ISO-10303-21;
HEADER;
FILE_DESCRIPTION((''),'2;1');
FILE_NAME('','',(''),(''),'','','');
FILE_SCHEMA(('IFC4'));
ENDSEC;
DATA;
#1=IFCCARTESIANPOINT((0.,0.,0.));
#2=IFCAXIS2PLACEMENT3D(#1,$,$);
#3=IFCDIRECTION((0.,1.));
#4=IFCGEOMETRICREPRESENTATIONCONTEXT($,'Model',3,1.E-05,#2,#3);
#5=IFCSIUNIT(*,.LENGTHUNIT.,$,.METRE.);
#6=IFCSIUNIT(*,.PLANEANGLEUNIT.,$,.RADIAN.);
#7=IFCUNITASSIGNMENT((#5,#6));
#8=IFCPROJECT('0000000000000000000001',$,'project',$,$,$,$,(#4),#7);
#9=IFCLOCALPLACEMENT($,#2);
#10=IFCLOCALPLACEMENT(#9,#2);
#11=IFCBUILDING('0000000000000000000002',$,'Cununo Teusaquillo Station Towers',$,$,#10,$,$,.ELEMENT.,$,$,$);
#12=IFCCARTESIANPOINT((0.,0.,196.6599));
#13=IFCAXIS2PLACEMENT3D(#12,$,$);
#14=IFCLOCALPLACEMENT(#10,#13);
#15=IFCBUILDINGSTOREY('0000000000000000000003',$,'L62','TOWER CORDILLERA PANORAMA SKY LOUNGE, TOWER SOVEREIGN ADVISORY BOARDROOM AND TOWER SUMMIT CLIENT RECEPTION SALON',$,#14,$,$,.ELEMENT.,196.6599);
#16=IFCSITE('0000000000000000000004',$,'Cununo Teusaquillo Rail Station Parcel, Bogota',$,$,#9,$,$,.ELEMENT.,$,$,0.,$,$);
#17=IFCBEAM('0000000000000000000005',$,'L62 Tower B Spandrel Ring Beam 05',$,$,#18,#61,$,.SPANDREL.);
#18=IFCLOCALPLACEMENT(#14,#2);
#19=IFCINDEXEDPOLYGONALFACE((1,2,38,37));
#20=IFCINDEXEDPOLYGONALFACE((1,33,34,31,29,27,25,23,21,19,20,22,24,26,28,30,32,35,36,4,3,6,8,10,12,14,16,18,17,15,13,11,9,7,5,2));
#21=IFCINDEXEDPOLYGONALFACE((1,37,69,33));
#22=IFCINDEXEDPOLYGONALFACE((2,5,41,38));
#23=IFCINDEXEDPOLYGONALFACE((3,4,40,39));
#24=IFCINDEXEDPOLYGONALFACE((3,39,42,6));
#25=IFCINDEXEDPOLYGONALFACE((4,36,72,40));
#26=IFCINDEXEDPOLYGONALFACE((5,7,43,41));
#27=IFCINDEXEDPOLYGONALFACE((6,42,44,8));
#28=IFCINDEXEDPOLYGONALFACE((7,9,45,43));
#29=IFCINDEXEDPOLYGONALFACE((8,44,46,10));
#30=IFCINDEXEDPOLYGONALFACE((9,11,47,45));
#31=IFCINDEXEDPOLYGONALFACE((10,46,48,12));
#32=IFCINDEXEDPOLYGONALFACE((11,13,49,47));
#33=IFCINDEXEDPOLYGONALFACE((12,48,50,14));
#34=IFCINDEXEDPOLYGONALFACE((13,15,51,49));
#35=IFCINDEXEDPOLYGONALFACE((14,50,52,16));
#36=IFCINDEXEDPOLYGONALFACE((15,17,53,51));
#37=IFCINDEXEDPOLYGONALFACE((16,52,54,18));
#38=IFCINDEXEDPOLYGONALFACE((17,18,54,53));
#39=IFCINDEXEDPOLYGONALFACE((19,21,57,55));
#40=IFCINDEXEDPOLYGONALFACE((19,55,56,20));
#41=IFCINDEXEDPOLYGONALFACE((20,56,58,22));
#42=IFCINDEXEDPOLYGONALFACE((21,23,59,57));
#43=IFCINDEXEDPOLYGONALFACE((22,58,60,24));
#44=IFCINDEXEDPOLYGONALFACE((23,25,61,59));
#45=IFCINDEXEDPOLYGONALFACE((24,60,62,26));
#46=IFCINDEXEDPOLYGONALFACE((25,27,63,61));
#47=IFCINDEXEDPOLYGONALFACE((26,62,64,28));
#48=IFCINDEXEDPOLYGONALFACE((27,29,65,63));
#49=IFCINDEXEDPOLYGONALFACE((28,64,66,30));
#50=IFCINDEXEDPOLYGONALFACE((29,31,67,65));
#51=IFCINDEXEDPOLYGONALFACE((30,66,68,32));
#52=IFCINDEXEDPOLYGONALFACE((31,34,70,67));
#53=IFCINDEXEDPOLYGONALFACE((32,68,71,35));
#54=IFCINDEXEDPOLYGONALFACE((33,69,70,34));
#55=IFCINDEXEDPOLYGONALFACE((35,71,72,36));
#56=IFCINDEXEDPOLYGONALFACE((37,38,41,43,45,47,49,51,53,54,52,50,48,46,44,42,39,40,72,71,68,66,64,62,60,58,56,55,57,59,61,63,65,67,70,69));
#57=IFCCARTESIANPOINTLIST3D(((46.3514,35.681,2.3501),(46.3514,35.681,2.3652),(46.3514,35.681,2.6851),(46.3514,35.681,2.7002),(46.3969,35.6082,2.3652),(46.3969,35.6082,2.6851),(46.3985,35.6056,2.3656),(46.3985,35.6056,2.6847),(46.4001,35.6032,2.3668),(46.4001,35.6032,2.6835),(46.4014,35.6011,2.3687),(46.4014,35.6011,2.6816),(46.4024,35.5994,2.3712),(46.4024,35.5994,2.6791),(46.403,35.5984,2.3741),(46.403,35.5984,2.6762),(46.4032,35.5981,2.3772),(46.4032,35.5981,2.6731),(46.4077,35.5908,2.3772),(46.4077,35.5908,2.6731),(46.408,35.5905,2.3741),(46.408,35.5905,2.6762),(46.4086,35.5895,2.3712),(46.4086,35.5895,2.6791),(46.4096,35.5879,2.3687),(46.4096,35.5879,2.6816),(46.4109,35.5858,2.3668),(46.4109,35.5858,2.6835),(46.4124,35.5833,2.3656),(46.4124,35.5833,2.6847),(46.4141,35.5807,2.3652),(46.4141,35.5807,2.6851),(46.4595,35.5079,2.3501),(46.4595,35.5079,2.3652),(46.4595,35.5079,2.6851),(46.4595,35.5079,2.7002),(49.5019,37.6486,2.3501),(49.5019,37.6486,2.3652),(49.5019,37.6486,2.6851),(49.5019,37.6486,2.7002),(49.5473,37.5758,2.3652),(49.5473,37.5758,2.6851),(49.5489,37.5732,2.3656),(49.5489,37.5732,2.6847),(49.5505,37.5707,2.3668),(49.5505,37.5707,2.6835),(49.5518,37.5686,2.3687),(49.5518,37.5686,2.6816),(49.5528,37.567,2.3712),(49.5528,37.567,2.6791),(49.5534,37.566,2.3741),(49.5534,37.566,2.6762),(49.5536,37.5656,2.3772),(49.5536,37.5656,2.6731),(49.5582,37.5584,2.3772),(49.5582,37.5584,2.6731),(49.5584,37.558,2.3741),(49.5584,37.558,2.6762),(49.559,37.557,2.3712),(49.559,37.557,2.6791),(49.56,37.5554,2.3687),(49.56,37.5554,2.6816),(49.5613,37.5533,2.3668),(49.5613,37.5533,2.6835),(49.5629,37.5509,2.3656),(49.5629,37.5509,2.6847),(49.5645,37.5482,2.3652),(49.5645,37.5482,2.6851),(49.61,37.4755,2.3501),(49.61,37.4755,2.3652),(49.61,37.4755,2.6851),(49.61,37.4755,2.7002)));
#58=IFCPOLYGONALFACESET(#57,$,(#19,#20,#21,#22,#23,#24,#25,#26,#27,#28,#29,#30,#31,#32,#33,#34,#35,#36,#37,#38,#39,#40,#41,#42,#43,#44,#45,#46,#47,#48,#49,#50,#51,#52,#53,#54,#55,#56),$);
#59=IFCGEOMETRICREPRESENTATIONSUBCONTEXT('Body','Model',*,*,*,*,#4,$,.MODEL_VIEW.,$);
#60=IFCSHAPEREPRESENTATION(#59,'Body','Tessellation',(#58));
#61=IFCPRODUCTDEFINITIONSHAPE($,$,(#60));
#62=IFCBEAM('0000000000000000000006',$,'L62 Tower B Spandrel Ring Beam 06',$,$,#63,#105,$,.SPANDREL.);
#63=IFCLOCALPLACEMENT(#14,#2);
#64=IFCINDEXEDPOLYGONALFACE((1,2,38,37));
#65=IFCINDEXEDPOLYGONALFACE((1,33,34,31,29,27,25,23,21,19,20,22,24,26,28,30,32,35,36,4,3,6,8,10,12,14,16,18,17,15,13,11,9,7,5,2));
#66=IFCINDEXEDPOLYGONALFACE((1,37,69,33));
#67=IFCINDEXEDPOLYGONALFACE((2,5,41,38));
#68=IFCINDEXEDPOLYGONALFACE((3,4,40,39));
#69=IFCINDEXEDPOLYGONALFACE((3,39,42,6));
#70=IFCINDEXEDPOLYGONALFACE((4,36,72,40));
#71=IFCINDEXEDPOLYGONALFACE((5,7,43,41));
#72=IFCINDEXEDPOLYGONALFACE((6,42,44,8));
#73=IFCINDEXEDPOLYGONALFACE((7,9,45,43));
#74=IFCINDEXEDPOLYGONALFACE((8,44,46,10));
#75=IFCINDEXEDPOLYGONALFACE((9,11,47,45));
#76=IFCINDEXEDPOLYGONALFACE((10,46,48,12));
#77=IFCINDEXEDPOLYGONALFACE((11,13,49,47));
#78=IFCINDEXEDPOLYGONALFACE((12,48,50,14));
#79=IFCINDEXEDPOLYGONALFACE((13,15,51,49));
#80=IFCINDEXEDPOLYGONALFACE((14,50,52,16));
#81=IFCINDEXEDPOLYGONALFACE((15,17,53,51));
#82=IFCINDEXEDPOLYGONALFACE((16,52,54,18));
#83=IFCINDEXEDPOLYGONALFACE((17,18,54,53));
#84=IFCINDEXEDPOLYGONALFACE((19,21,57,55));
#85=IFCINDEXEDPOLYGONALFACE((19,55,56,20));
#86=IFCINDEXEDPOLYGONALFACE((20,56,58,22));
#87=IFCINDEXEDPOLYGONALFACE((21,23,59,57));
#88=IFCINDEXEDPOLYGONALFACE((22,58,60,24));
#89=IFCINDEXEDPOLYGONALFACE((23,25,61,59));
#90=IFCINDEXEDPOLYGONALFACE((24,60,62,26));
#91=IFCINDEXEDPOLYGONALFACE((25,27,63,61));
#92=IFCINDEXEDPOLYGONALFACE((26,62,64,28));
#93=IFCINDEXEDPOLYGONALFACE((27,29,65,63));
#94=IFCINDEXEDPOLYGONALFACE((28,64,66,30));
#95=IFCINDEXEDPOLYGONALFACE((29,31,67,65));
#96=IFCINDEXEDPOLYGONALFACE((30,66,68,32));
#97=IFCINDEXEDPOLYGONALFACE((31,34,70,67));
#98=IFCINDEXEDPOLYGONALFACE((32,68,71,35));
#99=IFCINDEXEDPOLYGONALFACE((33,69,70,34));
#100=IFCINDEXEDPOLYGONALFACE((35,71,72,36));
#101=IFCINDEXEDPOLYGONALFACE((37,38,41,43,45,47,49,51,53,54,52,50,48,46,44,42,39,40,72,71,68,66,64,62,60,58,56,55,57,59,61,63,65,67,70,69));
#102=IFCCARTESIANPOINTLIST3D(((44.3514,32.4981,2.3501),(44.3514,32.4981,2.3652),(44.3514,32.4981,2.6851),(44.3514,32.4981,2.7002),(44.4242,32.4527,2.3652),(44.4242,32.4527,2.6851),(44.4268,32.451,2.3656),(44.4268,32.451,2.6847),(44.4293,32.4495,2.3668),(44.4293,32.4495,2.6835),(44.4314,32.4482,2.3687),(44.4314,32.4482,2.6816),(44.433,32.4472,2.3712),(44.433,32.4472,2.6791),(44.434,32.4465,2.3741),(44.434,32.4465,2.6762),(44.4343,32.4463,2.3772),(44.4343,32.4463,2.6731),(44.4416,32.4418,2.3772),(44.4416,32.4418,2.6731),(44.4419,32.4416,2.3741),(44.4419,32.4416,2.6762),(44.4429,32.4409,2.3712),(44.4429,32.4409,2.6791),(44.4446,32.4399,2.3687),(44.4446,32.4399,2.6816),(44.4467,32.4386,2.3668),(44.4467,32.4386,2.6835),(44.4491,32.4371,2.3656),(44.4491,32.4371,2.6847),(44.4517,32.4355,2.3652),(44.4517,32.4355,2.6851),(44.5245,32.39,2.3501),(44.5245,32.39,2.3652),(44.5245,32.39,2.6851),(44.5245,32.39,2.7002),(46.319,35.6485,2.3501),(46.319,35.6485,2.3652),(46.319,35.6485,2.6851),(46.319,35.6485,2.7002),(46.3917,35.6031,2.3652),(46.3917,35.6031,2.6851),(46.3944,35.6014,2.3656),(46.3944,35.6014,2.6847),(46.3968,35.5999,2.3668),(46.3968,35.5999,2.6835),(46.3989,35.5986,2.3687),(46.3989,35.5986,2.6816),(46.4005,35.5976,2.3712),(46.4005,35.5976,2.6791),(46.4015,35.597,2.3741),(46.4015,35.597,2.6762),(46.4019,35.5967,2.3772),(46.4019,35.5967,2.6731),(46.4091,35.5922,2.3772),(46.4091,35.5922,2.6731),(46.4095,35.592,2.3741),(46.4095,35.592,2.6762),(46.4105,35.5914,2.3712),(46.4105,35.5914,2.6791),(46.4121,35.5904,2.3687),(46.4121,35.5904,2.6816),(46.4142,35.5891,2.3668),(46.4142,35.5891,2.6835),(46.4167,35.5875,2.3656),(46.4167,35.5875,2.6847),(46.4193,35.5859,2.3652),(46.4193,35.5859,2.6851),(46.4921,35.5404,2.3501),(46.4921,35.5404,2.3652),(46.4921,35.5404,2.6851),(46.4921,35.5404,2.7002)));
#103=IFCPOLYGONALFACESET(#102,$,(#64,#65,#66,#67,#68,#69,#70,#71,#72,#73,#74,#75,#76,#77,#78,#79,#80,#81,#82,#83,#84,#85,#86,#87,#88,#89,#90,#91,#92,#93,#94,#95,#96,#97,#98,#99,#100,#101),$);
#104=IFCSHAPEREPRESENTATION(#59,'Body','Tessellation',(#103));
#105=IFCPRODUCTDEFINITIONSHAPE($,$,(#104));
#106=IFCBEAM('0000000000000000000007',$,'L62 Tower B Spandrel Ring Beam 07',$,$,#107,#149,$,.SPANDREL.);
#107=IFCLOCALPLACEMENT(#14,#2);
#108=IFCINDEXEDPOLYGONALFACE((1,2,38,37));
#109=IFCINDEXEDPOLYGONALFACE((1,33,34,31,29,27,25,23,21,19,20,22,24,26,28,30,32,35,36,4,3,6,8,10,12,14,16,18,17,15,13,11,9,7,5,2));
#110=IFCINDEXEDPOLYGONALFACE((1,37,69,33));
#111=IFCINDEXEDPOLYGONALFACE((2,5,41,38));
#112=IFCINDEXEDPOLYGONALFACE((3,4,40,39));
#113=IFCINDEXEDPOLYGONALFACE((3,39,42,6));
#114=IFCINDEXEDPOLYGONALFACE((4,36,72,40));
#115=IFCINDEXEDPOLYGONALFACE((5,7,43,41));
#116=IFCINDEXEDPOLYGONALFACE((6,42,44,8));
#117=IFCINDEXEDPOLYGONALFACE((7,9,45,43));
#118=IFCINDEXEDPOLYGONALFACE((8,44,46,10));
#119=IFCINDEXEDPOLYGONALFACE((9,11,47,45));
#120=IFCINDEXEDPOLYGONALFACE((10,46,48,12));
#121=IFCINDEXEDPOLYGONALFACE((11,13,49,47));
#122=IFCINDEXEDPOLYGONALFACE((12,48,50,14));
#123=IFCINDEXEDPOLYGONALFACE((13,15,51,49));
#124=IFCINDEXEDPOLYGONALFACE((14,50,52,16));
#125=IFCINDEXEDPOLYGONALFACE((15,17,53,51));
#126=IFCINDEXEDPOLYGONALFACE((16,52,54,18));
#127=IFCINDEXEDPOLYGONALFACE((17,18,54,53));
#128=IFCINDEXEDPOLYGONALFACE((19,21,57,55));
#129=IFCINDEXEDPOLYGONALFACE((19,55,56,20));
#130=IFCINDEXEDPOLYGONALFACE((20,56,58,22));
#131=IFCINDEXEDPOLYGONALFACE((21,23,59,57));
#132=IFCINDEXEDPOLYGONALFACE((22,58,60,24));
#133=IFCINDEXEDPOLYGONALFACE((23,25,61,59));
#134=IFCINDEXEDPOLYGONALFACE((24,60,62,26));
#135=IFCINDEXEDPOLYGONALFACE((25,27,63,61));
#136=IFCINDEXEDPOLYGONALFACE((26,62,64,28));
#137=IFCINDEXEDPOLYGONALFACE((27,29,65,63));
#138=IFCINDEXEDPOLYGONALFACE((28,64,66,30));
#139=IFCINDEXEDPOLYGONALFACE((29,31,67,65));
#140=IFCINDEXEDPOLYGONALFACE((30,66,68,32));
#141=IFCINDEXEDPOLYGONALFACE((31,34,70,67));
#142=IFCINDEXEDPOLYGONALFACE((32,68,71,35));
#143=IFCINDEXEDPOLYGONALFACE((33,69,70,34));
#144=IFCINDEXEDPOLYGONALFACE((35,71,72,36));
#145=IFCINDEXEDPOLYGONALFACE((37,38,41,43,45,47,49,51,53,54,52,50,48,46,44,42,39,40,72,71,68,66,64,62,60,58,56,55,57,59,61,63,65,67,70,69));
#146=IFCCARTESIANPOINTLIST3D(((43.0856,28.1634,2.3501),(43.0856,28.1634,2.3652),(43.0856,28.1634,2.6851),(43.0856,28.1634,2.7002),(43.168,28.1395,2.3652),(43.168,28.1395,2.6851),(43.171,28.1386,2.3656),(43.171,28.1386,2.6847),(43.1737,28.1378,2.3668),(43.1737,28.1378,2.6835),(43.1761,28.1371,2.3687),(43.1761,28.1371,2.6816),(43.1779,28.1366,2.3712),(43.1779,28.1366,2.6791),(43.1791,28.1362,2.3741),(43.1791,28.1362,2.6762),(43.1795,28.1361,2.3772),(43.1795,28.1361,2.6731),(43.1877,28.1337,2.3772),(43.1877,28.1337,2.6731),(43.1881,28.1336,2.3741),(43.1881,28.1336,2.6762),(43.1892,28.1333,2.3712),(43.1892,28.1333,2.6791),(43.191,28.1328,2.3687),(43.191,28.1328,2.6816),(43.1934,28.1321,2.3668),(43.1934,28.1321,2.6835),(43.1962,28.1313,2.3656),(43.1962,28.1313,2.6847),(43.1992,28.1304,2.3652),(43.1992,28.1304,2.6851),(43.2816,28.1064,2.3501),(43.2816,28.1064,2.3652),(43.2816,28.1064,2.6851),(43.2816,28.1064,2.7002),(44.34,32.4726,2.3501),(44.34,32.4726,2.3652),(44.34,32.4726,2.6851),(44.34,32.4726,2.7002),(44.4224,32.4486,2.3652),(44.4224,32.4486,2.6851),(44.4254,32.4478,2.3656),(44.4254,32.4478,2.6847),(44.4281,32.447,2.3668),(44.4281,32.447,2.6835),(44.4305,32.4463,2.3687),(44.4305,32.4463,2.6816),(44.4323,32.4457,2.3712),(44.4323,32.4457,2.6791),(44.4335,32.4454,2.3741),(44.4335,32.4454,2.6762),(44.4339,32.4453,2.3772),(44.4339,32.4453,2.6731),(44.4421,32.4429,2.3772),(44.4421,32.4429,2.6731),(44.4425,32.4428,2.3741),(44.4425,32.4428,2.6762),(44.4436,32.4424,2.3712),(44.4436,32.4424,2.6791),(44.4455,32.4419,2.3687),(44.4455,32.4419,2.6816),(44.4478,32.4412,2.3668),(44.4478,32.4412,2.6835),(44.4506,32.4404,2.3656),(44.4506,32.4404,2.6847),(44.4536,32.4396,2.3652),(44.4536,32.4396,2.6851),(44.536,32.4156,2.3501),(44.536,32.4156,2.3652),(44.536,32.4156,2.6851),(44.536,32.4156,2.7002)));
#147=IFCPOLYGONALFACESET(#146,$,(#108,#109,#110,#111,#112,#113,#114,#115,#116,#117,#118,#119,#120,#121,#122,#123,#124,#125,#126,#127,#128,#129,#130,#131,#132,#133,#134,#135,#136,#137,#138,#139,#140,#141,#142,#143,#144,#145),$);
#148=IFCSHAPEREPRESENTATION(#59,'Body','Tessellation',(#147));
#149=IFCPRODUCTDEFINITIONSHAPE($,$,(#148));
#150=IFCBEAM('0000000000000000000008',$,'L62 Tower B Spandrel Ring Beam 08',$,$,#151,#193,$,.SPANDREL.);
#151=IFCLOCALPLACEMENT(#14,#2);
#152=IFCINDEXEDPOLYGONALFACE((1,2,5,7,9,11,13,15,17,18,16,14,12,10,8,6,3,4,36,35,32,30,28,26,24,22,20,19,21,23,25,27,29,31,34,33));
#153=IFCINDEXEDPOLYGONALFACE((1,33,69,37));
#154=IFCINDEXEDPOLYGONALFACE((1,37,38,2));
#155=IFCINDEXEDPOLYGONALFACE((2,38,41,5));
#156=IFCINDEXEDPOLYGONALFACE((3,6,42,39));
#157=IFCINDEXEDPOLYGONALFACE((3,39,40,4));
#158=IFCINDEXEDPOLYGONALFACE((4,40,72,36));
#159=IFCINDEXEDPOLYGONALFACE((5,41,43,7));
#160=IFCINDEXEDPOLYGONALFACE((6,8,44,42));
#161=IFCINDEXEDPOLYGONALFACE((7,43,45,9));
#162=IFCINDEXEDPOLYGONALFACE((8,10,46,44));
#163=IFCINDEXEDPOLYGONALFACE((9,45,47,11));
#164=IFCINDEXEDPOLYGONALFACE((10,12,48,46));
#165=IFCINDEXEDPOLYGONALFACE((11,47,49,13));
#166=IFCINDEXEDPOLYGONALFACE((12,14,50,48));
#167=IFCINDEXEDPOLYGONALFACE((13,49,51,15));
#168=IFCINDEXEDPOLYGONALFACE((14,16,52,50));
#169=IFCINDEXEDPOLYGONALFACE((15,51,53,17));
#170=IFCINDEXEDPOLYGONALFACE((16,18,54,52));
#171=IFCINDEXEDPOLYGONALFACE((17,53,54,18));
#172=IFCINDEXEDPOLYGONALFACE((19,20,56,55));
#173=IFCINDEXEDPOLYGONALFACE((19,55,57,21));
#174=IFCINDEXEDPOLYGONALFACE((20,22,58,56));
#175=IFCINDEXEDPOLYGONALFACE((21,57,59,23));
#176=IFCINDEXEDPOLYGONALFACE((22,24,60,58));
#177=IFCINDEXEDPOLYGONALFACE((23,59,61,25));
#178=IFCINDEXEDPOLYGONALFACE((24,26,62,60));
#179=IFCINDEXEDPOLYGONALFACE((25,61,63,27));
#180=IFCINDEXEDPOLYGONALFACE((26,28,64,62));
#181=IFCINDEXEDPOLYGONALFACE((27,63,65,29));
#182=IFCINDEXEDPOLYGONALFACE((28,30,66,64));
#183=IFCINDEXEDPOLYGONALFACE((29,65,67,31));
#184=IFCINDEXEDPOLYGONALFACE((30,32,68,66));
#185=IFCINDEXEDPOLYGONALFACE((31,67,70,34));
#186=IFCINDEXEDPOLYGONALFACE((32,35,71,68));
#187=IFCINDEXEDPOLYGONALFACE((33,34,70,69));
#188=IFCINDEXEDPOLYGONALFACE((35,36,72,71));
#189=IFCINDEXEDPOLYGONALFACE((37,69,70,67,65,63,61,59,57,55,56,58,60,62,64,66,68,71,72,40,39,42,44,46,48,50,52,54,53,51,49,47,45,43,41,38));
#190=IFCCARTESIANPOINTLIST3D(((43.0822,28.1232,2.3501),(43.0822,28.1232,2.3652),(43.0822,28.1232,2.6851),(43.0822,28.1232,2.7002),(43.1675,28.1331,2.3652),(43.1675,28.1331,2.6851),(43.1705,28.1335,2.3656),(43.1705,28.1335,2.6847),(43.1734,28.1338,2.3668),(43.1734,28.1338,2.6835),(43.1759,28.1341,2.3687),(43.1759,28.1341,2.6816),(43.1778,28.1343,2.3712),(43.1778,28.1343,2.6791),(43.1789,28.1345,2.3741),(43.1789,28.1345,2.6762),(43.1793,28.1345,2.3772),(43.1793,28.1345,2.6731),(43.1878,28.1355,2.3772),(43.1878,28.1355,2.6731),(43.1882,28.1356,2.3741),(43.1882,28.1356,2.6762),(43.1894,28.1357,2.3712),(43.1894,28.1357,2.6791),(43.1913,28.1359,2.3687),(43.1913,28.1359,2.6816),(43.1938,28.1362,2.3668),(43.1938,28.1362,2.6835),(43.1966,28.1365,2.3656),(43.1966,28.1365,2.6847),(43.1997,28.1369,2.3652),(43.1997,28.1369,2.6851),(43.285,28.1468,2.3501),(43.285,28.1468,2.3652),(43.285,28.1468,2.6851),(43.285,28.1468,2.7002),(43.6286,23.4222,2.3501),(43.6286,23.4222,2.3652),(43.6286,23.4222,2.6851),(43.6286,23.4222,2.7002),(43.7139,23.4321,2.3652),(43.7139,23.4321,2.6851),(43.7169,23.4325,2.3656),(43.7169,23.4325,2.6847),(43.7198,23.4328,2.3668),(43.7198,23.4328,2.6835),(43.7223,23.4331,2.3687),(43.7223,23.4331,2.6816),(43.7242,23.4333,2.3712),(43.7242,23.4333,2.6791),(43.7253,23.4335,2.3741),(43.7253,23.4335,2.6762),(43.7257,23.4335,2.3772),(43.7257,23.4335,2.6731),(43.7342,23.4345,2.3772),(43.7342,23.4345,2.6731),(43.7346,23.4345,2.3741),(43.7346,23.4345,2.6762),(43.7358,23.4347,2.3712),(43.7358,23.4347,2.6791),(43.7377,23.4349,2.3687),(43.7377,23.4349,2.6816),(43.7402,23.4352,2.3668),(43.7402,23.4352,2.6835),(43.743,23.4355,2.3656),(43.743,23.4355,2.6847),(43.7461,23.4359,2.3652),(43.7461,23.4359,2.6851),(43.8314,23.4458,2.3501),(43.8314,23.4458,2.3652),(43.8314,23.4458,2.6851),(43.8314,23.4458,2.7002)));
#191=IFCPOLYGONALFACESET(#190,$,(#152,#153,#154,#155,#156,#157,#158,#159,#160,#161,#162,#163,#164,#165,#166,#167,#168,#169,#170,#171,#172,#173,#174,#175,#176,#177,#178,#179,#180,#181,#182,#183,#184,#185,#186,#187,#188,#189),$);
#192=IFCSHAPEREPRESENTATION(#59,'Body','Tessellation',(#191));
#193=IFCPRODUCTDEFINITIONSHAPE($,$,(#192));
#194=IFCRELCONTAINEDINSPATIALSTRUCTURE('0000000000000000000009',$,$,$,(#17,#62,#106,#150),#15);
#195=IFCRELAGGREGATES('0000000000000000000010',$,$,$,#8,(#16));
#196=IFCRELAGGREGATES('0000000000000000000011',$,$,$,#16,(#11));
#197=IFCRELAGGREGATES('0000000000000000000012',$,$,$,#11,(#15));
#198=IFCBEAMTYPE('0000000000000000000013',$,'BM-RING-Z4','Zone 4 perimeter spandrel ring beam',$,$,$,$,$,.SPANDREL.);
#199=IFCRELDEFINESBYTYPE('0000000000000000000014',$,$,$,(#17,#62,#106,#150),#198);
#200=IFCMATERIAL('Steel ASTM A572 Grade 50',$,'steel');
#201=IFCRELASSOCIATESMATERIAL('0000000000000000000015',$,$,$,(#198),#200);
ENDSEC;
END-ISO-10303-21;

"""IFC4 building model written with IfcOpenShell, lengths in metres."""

from ifc_helpers import new_model, si_unit, direction, frame, origin, origin_2d, place, context, subcontext, project, spatial, i_section, extrude, material, material_profile, profile_set, type_object, element, save


model = new_model("IFC4")

# Units and contexts
model_context = context("Model", 3, precision=1e-05, world=origin(), true_north=direction((0.0, 1.0)))
body_context = subcontext(model_context, "Body", "Model", "MODEL_VIEW")
ifc_project = project(units=[si_unit("LENGTHUNIT", "METRE"), si_unit("PLANEANGLEUNIT", "RADIAN")], contexts=[model_context])

# Site, building, storey
site_placement = place(None, origin())
site = spatial("IfcSite", under=ifc_project, at=site_placement, Name="Cununo Teusaquillo Rail Station Parcel, Bogota", CompositionType="ELEMENT", RefElevation=0.0)
building_placement = place(site_placement, origin())
building = spatial("IfcBuilding", under=site, at=building_placement, Name="Cununo Teusaquillo Station Towers", CompositionType="ELEMENT")
storey_placement = place(building_placement, frame((0.0, 0.0, 196.6599)))
storey = spatial("IfcBuildingStorey", under=building, at=storey_placement, Name="L62", Description="TOWER CORDILLERA PANORAMA SKY LOUNGE, TOWER SOVEREIGN ADVISORY BOARDROOM AND TOWER SUMMIT CLIENT RECEPTION SALON", CompositionType="ELEMENT", Elevation=196.6599)

# Beams
ifc_material_1 = material(Name="Steel ASTM A572 Grade 50", Category="steel")
ifc_material_profile_1 = material_profile(ifc_material_1, i_section(OverallWidth=0.2041, OverallDepth=0.3501, WebThickness=0.0085, FlangeThickness=0.0151, FilletRadius=0.012, at=origin_2d()), Name="W14X48")
ifc_profile_set_1 = profile_set([ifc_material_profile_1], Name="Steel ASTM A572 Grade 50")
beam_type_1 = type_object("IfcBeamType", Name="BM-RING-Z4", Description="Zone 4 perimeter spandrel ring beam", PredefinedType="SPANDREL", material=ifc_profile_set_1)
for number, where, z_axis, x_axis, name in (
    (1, (49.5559, 37.562, 2.5251), (-0.848176, -0.529715, 0.0), (0.529715, -0.848176, 0.0), "L62 Tower B Spandrel Ring Beam 05"),
    (2, (46.4055, 35.5945, 2.5251), (-0.529715, -0.848176, 0.0), (0.848176, -0.529715, 0.0), "L62 Tower B Spandrel Ring Beam 06"),
):
    element("IfcBeam", number, at=place(storey_placement, frame(where, z_axis=z_axis, x_axis=x_axis)), inside=storey, type_object=beam_type_1, Name=name, PredefinedType="SPANDREL", context=body_context, shape_type="SweptSolid", body=[
        extrude(i_section(OverallWidth=0.2041, OverallDepth=0.3501, WebThickness=0.0085, FlangeThickness=0.0151, FilletRadius=0.012, at=origin_2d()), origin(), (0.0, 0.0, 1.0), 3.7144),
    ])
beam_1_placement = place(storey_placement, frame((44.438, 32.4441, 2.5251), z_axis=(-0.279503, -0.960145, 0.0), x_axis=(0.960145, -0.279503, 0.0)))
element("IfcBeam", 3, at=beam_1_placement, inside=storey, type_object=beam_type_1, Name="L62 Tower B Spandrel Ring Beam 07", PredefinedType="SPANDREL", context=body_context, shape_type="SweptSolid", body=[
    extrude(i_section(OverallWidth=0.2041, OverallDepth=0.3501, WebThickness=0.0085, FlangeThickness=0.0151, FilletRadius=0.012, at=origin_2d()), origin(), (0.0, 0.0, 1.0), 4.488),
])
beam_2_placement = place(storey_placement, frame((43.1836, 28.135, 2.5251), z_axis=(0.115452, -0.993313, 0.0), x_axis=(0.993313, 0.115452, 0.0)))
element("IfcBeam", 4, at=beam_2_placement, inside=storey, type_object=beam_type_1, Name="L62 Tower B Spandrel Ring Beam 08", PredefinedType="SPANDREL", context=body_context, shape_type="SweptSolid", body=[
    extrude(i_section(OverallWidth=0.2041, OverallDepth=0.3501, WebThickness=0.0085, FlangeThickness=0.0151, FilletRadius=0.012, at=origin_2d()), origin(), (0.0, 0.0, 1.0), 4.7327),
])

save(model, "model.ifc")
